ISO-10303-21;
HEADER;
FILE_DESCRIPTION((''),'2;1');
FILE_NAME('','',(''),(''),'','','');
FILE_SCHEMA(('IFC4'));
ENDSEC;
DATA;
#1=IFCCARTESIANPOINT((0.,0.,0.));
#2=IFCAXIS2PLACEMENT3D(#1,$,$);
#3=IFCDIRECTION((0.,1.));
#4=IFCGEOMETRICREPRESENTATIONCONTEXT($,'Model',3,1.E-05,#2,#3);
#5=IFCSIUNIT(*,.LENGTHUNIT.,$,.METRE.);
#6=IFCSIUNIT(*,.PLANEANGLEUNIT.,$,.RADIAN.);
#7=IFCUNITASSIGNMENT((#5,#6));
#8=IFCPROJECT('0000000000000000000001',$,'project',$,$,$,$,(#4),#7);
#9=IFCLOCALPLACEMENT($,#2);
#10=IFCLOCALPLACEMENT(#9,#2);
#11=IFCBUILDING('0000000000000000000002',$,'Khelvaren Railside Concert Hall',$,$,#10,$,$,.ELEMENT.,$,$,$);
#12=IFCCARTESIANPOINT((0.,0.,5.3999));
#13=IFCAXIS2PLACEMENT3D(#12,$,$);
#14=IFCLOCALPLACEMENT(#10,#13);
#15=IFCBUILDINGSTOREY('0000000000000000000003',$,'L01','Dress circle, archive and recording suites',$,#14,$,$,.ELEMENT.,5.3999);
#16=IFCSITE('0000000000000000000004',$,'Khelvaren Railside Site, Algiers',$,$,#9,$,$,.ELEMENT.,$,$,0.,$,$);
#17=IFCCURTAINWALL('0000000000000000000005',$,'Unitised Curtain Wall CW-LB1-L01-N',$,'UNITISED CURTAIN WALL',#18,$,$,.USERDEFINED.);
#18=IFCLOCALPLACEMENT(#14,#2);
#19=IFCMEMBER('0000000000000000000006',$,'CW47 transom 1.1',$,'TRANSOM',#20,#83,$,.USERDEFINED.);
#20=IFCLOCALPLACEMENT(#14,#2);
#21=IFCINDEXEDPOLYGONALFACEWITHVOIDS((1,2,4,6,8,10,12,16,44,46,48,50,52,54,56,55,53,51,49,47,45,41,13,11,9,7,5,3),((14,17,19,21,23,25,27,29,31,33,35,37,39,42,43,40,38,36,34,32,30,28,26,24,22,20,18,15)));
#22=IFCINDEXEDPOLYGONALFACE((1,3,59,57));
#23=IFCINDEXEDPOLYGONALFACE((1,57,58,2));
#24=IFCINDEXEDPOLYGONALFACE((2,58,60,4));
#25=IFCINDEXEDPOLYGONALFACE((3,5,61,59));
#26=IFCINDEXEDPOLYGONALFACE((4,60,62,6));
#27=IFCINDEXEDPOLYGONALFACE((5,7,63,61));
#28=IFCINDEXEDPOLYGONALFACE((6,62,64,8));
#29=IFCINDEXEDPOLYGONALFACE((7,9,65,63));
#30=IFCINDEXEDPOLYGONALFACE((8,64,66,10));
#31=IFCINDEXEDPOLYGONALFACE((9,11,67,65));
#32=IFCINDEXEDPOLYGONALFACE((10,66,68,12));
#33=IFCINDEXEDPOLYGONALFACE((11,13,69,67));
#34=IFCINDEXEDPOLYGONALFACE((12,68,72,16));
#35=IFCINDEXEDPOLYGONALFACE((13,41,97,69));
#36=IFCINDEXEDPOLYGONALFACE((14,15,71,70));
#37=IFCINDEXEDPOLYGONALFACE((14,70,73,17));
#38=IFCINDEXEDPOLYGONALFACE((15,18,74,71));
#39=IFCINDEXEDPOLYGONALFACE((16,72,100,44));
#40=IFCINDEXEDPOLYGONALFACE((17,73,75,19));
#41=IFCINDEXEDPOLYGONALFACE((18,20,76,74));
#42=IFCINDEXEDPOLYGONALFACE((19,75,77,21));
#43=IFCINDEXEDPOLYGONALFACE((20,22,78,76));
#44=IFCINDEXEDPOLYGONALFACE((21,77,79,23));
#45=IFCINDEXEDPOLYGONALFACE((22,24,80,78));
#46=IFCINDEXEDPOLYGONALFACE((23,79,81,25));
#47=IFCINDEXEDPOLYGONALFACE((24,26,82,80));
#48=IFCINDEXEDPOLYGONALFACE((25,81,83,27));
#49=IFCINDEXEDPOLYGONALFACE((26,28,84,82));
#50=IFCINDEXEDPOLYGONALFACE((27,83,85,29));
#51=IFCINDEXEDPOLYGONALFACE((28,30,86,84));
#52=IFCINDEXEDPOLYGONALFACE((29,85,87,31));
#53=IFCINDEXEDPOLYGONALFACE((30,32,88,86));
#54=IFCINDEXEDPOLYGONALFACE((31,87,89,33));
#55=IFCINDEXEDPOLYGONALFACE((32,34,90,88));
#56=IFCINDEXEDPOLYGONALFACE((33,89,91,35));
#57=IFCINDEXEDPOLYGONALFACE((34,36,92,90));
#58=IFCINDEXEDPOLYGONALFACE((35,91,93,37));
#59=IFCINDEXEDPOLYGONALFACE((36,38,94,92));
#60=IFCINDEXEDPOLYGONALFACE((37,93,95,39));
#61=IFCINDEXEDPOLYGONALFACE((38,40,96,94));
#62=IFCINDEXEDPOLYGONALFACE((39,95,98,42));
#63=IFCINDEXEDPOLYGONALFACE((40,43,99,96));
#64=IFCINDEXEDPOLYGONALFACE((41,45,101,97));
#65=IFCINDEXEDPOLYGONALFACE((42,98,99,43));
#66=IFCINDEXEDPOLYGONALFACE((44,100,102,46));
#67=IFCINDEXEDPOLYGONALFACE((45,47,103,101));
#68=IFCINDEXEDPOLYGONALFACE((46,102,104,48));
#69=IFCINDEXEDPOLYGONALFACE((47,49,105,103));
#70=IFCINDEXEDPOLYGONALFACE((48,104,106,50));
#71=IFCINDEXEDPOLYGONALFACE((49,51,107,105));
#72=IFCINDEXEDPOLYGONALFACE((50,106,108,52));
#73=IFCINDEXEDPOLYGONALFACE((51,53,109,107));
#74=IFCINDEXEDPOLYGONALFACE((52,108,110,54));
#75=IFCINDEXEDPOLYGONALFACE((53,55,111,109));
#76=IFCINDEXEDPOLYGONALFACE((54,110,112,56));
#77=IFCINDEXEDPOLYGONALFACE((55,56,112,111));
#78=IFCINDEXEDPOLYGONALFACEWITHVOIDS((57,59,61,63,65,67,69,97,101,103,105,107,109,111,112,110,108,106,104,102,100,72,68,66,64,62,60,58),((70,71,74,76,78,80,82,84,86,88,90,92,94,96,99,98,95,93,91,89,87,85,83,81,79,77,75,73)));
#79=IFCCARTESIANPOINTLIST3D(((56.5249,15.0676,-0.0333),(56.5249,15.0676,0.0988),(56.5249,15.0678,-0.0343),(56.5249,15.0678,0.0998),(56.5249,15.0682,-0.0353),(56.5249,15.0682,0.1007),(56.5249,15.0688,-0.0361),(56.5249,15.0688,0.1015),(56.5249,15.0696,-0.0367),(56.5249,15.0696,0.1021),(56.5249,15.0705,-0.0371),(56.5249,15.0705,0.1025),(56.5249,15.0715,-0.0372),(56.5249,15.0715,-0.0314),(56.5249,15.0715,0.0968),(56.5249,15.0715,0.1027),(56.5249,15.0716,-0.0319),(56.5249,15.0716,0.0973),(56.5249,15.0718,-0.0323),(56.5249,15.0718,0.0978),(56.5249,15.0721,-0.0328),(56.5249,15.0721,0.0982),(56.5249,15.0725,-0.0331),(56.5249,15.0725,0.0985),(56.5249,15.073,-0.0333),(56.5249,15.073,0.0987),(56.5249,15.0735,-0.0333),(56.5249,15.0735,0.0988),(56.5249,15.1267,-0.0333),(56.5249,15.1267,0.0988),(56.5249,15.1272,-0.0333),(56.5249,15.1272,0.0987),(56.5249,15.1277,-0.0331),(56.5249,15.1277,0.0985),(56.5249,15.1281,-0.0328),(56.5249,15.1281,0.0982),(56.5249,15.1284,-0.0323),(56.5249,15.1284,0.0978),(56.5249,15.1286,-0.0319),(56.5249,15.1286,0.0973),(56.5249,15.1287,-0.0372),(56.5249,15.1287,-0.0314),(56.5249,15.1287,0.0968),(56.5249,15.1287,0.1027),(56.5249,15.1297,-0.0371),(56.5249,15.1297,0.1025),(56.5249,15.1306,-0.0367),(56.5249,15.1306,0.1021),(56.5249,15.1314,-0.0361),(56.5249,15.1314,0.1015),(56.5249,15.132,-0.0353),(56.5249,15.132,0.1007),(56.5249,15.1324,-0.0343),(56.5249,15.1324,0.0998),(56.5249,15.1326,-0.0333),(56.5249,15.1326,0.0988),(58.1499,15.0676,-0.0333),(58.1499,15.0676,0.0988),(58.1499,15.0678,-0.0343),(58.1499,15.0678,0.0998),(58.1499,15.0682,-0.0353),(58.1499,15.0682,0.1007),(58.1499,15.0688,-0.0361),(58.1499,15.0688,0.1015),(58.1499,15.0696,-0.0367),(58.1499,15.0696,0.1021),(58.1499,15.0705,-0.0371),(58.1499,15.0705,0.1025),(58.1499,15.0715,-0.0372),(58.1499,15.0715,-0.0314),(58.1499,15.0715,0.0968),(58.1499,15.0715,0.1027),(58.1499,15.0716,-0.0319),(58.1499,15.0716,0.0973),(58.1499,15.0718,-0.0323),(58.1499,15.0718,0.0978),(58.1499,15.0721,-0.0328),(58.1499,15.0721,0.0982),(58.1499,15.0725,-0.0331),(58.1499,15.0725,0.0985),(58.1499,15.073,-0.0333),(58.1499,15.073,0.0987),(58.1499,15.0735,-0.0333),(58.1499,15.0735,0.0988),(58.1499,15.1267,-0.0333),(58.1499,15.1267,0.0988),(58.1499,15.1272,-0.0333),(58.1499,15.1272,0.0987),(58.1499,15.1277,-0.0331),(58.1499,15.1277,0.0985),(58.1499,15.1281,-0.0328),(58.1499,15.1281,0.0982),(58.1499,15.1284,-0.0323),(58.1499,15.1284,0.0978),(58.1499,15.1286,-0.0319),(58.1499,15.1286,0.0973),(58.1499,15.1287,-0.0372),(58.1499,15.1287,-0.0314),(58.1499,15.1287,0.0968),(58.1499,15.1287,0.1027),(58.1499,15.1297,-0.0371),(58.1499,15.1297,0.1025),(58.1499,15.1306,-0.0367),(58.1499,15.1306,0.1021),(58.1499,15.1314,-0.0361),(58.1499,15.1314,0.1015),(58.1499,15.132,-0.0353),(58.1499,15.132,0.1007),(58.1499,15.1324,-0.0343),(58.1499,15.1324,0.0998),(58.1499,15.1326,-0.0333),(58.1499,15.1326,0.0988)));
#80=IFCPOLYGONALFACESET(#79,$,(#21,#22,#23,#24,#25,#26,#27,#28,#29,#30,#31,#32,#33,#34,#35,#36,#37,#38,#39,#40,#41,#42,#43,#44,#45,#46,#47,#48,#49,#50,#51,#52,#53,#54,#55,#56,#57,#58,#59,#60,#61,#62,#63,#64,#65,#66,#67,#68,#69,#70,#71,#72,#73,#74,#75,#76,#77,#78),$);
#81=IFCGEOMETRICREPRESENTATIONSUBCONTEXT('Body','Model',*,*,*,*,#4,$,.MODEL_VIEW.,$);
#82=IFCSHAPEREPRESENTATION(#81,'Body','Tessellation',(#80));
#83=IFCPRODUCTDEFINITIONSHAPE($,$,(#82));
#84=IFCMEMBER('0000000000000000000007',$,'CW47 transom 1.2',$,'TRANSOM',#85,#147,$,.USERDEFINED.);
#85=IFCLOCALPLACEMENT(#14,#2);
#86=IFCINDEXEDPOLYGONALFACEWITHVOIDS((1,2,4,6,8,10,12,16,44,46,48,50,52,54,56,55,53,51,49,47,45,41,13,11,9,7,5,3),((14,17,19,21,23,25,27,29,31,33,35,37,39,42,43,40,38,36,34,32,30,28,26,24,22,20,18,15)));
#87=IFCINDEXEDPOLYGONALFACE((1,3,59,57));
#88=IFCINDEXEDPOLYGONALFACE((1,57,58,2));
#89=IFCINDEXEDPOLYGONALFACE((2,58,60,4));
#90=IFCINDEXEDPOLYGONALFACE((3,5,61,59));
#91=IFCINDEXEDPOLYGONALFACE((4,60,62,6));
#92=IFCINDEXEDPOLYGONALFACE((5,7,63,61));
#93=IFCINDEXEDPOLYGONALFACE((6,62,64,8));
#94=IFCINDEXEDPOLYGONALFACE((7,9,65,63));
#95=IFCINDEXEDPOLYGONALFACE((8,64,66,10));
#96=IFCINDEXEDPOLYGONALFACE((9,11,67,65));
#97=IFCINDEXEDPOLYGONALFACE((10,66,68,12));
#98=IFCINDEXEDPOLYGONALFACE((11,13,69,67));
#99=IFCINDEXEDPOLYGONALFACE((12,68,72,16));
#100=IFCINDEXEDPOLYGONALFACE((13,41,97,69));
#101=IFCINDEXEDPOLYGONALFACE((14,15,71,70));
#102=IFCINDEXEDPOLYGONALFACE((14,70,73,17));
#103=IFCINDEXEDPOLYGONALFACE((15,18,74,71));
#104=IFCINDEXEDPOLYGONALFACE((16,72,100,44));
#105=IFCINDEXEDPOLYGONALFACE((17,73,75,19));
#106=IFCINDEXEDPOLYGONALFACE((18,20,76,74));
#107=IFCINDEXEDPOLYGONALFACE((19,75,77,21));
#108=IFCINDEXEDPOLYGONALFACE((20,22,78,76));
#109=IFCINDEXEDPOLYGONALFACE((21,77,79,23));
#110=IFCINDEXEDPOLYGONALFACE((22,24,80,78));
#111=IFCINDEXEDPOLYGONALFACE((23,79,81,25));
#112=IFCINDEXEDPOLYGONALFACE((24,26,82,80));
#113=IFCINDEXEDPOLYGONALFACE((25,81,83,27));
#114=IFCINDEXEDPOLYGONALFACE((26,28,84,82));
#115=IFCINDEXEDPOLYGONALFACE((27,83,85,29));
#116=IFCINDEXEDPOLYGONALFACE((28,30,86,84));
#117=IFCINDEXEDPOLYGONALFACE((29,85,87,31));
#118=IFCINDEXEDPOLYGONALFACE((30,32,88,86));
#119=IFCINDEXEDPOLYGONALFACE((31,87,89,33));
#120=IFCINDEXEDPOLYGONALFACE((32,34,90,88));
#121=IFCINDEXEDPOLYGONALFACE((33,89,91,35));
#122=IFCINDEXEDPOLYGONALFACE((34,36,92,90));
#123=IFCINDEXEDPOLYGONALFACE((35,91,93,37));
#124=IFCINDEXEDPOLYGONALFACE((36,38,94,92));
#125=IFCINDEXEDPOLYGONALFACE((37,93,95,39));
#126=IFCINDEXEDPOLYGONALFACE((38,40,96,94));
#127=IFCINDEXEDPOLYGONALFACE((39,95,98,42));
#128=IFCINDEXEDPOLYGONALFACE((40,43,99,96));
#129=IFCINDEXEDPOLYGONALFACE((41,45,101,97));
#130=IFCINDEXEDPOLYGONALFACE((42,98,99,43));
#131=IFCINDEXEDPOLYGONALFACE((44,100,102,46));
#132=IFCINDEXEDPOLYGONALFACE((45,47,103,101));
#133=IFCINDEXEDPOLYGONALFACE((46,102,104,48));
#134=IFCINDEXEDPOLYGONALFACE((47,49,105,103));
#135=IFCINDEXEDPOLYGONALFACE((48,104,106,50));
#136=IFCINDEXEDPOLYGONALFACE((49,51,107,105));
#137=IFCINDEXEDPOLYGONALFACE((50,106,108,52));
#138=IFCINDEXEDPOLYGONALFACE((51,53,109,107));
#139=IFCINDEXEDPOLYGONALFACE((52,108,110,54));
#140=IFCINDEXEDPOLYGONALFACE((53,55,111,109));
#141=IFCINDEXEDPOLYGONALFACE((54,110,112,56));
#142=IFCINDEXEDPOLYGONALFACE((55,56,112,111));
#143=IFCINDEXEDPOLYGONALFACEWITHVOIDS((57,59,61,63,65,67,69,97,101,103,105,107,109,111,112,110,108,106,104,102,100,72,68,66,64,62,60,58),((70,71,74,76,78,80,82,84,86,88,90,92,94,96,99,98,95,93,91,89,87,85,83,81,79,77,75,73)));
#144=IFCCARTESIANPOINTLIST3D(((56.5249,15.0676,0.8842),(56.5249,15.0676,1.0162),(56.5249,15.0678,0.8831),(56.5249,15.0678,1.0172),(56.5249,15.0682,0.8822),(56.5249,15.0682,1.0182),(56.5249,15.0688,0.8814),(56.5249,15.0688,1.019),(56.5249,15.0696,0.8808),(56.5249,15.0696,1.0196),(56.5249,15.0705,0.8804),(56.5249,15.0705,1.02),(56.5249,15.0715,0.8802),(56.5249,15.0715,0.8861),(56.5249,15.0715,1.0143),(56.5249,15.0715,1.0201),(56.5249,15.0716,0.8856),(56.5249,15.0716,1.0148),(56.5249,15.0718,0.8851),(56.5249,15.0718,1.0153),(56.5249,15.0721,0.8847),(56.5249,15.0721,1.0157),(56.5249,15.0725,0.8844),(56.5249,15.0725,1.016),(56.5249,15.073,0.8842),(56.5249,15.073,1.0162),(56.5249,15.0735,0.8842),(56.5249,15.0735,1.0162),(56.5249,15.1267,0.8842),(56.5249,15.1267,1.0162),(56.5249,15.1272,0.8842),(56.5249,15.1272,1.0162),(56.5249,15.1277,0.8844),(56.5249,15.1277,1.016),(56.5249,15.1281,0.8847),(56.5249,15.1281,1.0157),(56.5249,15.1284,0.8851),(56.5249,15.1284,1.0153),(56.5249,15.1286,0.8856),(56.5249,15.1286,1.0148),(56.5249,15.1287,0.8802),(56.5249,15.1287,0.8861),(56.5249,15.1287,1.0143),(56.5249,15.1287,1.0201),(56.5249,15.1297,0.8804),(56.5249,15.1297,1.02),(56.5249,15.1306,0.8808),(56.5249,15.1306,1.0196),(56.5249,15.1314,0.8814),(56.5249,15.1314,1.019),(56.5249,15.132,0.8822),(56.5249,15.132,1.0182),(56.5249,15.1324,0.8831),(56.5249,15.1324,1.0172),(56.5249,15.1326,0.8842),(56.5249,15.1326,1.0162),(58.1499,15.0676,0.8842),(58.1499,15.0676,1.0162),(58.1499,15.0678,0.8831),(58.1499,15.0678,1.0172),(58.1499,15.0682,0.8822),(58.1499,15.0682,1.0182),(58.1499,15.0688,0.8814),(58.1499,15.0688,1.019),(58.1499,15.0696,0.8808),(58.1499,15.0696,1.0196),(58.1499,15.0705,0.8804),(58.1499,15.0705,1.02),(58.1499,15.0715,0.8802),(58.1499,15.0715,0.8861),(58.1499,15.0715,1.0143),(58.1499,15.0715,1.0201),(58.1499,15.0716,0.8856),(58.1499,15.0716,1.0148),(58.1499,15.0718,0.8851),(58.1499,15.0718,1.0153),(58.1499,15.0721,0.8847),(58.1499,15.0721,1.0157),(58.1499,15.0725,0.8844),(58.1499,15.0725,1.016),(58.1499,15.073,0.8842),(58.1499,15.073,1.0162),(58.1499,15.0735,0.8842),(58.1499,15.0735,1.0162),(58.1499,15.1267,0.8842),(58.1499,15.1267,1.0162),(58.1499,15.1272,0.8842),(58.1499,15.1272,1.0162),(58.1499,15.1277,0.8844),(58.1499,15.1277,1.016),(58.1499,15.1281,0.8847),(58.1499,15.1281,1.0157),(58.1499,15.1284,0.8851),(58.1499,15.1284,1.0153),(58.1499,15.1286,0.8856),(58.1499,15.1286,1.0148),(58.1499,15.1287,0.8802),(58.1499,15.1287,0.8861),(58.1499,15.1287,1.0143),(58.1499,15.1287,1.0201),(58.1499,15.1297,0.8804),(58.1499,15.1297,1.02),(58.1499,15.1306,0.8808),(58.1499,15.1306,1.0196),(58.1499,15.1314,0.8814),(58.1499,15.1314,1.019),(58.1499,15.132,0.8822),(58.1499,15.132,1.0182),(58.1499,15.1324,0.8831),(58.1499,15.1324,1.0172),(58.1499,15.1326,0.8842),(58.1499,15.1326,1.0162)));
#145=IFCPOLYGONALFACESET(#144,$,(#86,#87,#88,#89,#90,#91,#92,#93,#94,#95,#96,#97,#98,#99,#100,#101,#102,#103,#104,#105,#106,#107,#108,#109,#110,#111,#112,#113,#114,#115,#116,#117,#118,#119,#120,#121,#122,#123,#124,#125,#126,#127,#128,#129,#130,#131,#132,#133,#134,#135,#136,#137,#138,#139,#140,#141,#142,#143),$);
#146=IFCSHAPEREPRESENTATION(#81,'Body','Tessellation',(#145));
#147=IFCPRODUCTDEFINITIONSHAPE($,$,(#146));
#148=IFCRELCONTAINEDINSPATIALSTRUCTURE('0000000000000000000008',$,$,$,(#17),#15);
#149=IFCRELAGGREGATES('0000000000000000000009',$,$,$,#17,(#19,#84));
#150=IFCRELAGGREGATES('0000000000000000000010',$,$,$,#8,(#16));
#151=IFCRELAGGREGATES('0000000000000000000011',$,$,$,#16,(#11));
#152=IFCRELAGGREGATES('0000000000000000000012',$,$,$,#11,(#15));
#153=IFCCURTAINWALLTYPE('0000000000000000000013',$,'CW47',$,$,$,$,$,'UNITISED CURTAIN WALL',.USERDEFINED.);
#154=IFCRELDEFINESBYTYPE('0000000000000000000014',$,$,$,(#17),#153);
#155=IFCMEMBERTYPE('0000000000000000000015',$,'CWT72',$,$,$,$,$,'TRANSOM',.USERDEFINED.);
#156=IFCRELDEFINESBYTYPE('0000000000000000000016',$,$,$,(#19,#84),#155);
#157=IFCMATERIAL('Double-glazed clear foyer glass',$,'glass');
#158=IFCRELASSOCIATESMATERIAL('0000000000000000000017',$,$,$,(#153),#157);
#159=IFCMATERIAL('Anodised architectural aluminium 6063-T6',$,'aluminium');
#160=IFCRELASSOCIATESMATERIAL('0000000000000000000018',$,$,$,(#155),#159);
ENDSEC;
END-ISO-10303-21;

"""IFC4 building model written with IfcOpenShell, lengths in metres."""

from ifc_helpers import new_model, si_unit, direction, frame, origin, origin_2d, place, context, subcontext, project, spatial, hollow_rectangle, extrude, material, material_profile, profile_set, type_object, element, aggregate, save


model = new_model("IFC4")

# Units and contexts
model_context = context("Model", 3, precision=1e-05, world=origin(), true_north=direction((0.0, 1.0)))
body_context = subcontext(model_context, "Body", "Model", "MODEL_VIEW")
ifc_project = project(units=[si_unit("LENGTHUNIT", "METRE"), si_unit("PLANEANGLEUNIT", "RADIAN")], contexts=[model_context])

# Site, building, storey
site_placement = place(None, origin())
site = spatial("IfcSite", under=ifc_project, at=site_placement, Name="Khelvaren Railside Site, Algiers", CompositionType="ELEMENT", RefElevation=0.0)
building_placement = place(site_placement, origin())
building = spatial("IfcBuilding", under=site, at=building_placement, Name="Khelvaren Railside Concert Hall", CompositionType="ELEMENT")
storey_placement = place(building_placement, frame((0.0, 0.0, 5.3999)))
storey = spatial("IfcBuildingStorey", under=building, at=storey_placement, Name="L01", Description="Dress circle, archive and recording suites", CompositionType="ELEMENT", Elevation=5.3999)

# Curtain wall, members
ifc_material_1 = material(Name="Double-glazed clear foyer glass", Category="glass")
curtain_wall_type = type_object("IfcCurtainWallType", Name="CW47", ElementType="UNITISED CURTAIN WALL", PredefinedType="USERDEFINED", material=ifc_material_1)
curtain_wall_placement = place(storey_placement, origin())
curtain_wall = element("IfcCurtainWall", 1, at=curtain_wall_placement, inside=storey, type_object=curtain_wall_type, Name="Unitised Curtain Wall CW-LB1-L01-N", ObjectType="UNITISED CURTAIN WALL", PredefinedType="USERDEFINED")
ifc_material_2 = material(Name="Anodised architectural aluminium 6063-T6", Category="aluminium")
ifc_material_profile_1 = material_profile(ifc_material_2, hollow_rectangle(XDim=0.0649, YDim=0.1399, WallThickness=0.0039, InnerFilletRadius=0.002, OuterFilletRadius=0.0039, at=origin_2d()), Name="CWT 65x140x4")
ifc_profile_set_1 = profile_set([ifc_material_profile_1], Name="Anodised architectural aluminium 6063-T6")
member_type_1 = type_object("IfcMemberType", Name="CWT72", ElementType="TRANSOM", PredefinedType="USERDEFINED", material=ifc_profile_set_1)
member_1_placement = place(storey_placement, frame((56.5249, 15.1001, 0.0327), z_axis=(1.0, 0.0, 0.0), x_axis=(0.0, 1.0, 0.0)))
member_1 = element("IfcMember", 2, at=member_1_placement, type_object=member_type_1, Name="CW47 transom 1.1", ObjectType="TRANSOM", PredefinedType="USERDEFINED", context=body_context, shape_type="SweptSolid", body=[
    extrude(hollow_rectangle(XDim=0.0649, YDim=0.1399, WallThickness=0.0039, InnerFilletRadius=0.002, OuterFilletRadius=0.0039, at=origin_2d()), origin(), (0.0, 0.0, 1.0), 1.625),
])
member_2_placement = place(storey_placement, frame((56.5249, 15.1001, 0.9502), z_axis=(1.0, 0.0, 0.0), x_axis=(0.0, 1.0, 0.0)))
member_2 = element("IfcMember", 3, at=member_2_placement, type_object=member_type_1, Name="CW47 transom 1.2", ObjectType="TRANSOM", PredefinedType="USERDEFINED", context=body_context, shape_type="SweptSolid", body=[
    extrude(hollow_rectangle(XDim=0.0649, YDim=0.1399, WallThickness=0.0039, InnerFilletRadius=0.002, OuterFilletRadius=0.0039, at=origin_2d()), origin(), (0.0, 0.0, 1.0), 1.625),
])

aggregate(curtain_wall, [member_1, member_2])

save(model, "model.ifc")
